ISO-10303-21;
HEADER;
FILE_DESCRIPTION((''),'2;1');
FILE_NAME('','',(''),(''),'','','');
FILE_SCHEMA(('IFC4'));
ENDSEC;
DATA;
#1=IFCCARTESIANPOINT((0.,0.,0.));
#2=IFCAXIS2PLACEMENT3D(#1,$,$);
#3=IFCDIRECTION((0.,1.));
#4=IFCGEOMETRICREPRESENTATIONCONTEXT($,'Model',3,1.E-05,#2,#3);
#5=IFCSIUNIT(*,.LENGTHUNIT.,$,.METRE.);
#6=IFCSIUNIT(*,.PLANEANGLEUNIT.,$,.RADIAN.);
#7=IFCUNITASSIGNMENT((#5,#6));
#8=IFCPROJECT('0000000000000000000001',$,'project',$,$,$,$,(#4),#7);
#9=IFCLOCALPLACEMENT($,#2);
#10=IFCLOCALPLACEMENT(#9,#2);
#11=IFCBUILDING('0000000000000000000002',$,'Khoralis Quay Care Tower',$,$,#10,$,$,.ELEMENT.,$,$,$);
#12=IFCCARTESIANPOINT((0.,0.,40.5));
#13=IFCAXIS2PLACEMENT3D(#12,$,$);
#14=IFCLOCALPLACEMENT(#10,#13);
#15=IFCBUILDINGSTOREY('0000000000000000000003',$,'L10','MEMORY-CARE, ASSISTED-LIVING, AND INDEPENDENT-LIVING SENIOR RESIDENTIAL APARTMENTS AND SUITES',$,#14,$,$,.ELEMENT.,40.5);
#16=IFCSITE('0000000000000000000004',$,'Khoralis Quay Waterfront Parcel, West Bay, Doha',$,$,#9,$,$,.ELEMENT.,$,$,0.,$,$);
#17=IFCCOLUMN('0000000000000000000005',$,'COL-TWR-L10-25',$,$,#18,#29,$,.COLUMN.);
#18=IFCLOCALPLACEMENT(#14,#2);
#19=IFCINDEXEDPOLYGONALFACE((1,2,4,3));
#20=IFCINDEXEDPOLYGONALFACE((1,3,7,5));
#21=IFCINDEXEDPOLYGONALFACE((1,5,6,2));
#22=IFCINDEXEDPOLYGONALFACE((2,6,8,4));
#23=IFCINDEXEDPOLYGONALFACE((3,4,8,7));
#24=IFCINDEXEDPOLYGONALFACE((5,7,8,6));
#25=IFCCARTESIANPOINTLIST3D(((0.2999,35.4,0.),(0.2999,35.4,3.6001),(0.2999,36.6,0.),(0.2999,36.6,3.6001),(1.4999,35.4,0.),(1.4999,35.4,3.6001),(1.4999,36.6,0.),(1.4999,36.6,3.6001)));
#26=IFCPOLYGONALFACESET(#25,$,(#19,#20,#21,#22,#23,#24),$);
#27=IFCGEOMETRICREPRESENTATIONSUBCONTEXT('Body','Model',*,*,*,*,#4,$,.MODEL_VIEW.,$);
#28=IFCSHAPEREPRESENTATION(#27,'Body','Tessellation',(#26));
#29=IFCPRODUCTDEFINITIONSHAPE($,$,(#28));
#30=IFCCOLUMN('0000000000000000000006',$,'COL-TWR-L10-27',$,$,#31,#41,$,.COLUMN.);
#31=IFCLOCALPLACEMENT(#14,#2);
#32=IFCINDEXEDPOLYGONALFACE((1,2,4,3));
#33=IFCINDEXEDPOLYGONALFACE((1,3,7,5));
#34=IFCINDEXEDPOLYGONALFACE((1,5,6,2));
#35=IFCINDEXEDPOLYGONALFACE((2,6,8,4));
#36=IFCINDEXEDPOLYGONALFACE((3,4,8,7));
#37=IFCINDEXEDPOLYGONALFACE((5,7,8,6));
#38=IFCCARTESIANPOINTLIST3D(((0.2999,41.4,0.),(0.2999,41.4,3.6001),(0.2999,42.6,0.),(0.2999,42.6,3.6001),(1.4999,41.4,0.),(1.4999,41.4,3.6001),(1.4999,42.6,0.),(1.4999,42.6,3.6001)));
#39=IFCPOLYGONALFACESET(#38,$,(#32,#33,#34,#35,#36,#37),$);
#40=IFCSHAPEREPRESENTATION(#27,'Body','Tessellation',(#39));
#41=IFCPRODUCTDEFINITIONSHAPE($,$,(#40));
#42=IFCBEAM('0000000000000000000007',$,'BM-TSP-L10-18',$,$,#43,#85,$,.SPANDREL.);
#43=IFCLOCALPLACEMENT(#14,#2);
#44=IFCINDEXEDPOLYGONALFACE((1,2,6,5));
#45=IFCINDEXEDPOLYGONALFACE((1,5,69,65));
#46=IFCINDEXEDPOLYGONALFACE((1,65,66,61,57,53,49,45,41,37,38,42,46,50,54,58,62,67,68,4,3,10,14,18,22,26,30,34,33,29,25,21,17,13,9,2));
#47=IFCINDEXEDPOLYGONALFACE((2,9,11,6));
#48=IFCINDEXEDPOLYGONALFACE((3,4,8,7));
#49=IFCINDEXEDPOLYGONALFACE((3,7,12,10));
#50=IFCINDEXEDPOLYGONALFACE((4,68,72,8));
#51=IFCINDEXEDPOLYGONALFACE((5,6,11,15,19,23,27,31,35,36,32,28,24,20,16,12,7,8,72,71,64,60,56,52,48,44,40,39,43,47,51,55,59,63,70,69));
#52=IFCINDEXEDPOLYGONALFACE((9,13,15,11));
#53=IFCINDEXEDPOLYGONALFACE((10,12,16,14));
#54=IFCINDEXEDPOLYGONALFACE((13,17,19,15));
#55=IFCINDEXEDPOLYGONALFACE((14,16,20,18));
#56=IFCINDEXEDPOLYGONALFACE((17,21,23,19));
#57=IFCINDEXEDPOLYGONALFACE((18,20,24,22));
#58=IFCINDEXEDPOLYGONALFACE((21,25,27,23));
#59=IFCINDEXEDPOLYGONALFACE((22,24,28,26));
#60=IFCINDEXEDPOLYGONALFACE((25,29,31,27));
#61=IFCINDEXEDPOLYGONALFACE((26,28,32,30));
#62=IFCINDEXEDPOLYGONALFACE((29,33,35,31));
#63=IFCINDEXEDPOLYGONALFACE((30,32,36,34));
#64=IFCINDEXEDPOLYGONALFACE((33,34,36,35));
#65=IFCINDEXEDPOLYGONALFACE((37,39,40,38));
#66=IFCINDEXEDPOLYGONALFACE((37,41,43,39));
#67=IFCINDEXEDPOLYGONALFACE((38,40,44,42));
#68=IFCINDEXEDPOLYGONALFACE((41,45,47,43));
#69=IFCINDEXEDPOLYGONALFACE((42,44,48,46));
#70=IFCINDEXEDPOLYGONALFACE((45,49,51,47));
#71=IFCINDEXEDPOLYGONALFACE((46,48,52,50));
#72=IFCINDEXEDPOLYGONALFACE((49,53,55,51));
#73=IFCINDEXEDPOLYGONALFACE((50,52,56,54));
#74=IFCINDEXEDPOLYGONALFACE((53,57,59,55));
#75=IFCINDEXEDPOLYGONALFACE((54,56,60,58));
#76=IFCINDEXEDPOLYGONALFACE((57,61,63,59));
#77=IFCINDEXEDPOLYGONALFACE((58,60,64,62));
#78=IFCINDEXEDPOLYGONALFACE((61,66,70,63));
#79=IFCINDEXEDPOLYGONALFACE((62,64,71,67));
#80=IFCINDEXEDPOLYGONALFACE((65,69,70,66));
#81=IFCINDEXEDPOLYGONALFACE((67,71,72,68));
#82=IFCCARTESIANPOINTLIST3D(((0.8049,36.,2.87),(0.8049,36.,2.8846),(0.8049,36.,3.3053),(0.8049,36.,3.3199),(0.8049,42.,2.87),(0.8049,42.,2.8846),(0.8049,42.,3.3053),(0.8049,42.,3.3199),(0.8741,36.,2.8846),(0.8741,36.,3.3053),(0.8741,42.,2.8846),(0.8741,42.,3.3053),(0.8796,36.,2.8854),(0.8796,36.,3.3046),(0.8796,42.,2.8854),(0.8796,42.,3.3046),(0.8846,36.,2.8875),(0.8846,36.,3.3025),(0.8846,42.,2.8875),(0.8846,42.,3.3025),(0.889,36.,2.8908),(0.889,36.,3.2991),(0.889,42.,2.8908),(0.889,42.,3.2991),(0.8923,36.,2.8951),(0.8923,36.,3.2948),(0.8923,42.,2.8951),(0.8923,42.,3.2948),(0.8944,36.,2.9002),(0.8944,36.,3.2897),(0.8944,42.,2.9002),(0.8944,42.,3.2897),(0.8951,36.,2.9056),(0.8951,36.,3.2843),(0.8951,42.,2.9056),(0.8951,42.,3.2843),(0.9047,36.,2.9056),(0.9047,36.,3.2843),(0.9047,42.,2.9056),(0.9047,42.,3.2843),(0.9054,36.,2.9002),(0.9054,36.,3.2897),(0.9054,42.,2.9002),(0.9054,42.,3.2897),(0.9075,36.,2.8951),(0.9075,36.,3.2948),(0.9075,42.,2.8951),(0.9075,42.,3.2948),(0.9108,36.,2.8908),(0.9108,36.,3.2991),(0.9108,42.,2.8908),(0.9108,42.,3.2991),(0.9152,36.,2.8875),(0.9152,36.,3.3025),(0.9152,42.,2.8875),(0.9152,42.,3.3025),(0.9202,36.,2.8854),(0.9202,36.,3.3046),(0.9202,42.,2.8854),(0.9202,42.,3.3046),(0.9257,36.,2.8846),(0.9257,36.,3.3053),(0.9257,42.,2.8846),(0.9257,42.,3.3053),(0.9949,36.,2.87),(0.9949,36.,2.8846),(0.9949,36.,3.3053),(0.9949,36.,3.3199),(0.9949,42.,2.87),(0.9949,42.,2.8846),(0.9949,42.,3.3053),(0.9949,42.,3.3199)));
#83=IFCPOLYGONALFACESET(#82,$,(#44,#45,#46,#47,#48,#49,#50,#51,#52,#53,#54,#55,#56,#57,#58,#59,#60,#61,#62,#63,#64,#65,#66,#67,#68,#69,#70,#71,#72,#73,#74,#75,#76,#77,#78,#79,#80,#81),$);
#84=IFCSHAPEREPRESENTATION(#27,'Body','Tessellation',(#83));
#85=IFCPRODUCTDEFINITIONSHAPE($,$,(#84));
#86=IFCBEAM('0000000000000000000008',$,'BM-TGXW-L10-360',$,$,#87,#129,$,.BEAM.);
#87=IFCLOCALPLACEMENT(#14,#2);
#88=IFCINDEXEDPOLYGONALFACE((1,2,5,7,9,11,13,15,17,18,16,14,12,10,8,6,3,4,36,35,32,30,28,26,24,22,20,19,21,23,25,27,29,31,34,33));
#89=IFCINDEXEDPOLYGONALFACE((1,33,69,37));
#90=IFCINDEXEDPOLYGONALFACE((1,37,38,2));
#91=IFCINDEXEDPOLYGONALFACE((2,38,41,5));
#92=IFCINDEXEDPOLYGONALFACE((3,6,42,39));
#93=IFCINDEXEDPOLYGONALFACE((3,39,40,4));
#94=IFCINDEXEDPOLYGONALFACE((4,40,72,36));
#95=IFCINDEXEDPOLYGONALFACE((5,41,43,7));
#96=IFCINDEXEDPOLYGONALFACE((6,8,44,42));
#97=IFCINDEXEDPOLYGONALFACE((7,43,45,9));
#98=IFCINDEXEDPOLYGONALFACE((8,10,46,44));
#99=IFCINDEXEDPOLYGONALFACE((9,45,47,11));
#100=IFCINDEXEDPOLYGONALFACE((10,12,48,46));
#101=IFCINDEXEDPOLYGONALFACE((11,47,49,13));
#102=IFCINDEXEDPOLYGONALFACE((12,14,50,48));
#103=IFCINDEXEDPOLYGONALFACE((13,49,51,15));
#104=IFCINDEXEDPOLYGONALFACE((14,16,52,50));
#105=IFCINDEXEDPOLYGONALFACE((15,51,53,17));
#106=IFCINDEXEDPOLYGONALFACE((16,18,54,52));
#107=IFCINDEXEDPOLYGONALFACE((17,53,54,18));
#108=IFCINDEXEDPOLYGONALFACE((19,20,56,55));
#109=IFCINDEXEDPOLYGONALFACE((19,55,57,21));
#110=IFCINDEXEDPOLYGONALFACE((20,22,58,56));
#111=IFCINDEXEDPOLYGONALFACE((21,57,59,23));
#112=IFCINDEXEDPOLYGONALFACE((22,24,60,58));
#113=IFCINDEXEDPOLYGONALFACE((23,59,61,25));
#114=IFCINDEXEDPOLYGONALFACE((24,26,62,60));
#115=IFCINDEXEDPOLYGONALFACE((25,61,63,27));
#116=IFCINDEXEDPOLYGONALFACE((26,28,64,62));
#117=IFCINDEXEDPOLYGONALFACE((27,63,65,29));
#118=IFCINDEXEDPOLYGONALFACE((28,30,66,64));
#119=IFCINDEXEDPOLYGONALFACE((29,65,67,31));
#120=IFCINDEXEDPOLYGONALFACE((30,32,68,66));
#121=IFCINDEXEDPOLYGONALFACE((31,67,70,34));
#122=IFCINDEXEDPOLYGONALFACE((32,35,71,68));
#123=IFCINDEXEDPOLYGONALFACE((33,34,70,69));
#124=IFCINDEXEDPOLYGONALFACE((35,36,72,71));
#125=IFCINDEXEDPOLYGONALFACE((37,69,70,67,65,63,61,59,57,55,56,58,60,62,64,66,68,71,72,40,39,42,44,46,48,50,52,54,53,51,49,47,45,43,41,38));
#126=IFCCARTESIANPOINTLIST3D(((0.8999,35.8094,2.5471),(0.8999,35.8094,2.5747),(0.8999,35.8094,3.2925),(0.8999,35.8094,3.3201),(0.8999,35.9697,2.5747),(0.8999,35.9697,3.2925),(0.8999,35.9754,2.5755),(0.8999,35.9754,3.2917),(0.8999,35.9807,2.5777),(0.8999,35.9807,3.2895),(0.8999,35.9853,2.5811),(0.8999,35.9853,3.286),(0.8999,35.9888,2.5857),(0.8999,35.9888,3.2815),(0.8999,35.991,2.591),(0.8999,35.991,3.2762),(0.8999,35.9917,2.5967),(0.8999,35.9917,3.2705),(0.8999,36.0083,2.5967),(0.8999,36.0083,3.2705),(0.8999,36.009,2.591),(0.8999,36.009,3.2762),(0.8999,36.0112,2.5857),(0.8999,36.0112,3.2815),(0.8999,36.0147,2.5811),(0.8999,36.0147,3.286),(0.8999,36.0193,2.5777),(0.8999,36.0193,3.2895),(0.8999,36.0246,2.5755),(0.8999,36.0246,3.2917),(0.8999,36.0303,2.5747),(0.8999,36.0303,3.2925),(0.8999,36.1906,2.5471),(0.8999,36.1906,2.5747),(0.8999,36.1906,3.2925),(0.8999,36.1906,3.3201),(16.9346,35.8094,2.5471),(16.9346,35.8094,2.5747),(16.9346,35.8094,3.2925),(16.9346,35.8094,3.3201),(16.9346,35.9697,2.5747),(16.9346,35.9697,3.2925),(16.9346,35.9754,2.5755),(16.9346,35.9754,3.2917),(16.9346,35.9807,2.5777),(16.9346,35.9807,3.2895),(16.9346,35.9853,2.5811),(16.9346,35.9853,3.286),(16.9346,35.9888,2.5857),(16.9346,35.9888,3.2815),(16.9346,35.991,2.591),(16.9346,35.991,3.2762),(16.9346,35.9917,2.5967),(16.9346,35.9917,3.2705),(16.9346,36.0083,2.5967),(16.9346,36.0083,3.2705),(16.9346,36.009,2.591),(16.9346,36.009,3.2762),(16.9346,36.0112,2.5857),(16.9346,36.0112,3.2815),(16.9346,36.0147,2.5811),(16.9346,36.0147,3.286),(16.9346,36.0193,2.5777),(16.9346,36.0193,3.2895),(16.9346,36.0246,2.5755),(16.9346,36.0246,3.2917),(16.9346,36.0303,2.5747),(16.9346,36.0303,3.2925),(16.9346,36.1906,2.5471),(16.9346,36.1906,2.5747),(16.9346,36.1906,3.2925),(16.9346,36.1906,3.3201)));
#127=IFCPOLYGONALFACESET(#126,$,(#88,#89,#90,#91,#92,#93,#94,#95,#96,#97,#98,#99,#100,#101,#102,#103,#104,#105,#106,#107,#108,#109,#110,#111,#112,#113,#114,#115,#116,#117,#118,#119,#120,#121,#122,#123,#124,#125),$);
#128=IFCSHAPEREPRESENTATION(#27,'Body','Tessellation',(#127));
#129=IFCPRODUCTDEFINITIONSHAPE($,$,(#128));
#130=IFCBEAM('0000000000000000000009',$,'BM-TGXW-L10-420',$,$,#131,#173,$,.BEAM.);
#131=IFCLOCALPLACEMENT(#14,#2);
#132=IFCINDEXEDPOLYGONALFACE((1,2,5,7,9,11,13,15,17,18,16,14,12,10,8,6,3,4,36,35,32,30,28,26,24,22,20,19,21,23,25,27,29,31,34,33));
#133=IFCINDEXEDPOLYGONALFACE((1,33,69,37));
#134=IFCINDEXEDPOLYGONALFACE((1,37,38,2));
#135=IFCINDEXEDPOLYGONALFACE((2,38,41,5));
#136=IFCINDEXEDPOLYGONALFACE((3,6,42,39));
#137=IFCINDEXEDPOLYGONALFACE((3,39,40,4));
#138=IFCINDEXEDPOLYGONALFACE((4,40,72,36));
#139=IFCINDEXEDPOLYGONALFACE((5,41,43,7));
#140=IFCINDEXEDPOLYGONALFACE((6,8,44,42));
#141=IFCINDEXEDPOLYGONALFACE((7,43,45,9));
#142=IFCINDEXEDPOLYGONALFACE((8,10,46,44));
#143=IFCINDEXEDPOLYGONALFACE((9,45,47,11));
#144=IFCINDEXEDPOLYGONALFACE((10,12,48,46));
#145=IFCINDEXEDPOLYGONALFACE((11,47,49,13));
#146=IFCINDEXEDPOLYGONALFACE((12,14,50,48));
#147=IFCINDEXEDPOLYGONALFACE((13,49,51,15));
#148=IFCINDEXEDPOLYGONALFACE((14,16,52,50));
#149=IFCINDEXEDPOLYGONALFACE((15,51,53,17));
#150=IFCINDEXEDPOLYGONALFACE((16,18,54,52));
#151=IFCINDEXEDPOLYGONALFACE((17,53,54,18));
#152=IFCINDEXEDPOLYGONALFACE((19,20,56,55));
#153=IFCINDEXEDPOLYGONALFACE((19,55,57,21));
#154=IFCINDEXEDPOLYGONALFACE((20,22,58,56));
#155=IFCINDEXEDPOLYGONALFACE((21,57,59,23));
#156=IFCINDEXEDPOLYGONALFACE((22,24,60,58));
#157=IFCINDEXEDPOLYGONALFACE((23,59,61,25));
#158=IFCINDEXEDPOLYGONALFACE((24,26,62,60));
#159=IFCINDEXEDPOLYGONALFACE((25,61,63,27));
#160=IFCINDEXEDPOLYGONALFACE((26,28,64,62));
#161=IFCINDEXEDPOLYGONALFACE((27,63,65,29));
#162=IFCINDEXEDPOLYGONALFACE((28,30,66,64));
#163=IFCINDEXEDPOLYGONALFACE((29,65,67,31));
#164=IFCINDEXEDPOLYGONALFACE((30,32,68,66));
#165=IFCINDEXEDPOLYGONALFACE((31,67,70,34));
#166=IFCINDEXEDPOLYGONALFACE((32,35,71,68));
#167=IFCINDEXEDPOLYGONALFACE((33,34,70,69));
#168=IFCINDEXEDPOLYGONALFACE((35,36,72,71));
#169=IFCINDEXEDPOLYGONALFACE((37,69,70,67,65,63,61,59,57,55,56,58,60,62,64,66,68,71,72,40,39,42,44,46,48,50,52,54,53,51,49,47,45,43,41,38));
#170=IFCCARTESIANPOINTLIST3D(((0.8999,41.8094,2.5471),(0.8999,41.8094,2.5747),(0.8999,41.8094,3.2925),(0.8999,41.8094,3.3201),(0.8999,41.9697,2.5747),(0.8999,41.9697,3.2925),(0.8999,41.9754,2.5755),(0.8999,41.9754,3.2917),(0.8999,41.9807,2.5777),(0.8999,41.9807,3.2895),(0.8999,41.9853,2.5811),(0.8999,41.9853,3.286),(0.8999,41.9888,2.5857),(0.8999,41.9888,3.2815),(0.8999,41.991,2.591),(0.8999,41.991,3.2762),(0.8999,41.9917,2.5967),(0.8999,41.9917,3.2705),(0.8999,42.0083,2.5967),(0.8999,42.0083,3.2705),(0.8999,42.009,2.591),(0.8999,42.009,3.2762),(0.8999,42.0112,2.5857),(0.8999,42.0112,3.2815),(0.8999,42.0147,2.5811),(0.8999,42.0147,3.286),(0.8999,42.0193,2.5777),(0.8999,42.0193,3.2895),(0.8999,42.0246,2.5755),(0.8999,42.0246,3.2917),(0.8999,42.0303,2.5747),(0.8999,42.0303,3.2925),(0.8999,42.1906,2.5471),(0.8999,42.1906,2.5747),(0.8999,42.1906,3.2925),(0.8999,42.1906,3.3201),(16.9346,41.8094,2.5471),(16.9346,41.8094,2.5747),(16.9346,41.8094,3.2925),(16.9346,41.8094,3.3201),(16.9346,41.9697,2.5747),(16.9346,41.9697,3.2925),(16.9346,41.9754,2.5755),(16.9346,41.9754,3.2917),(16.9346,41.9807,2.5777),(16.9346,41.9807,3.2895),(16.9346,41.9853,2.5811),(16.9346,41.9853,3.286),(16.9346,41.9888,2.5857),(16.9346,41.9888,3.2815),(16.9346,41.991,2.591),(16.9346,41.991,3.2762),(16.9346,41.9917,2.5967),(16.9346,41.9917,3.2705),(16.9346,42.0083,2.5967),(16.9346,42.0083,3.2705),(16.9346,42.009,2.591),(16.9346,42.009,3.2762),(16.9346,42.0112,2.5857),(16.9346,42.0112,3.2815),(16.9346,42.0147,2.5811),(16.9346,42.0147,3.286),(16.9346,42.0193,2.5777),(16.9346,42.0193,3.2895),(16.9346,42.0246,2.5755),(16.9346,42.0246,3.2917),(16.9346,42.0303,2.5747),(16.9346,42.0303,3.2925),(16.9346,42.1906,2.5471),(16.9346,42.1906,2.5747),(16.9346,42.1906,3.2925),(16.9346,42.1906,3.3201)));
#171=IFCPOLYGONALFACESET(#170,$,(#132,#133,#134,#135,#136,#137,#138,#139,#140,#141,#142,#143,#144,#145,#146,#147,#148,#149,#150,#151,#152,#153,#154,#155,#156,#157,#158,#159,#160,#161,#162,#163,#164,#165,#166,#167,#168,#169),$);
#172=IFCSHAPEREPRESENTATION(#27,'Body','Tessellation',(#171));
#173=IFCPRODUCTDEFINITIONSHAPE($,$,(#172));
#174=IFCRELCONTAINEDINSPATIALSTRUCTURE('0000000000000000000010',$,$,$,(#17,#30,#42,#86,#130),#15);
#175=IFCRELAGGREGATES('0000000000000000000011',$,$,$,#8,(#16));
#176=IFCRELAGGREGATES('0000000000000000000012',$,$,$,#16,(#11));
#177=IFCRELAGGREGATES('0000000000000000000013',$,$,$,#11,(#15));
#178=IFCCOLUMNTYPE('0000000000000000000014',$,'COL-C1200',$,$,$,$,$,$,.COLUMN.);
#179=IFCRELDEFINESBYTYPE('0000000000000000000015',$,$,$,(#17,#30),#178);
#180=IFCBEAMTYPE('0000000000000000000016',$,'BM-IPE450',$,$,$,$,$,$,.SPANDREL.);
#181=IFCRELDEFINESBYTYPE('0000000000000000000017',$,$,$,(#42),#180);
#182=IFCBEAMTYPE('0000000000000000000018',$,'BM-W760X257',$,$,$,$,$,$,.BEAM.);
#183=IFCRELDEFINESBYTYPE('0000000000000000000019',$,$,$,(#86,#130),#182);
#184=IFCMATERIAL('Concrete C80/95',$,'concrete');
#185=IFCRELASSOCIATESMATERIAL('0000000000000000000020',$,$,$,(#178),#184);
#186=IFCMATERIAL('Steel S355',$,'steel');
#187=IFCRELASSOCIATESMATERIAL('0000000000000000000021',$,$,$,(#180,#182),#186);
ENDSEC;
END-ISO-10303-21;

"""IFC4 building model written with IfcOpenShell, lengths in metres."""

from ifc_helpers import new_model, si_unit, direction, frame, origin, origin_2d, place, context, subcontext, project, spatial, rectangle, i_section, extrude, source, transform, mapped, material, material_profile, profile_set, type_object, element, save


model = new_model("IFC4")

# Units and contexts
model_context = context("Model", 3, precision=1e-05, world=origin(), true_north=direction((0.0, 1.0)))
body_context = subcontext(model_context, "Body", "Model", "MODEL_VIEW")
ifc_project = project(units=[si_unit("LENGTHUNIT", "METRE"), si_unit("PLANEANGLEUNIT", "RADIAN")], contexts=[model_context])

# Site, building, storey
site_placement = place(None, origin())
site = spatial("IfcSite", under=ifc_project, at=site_placement, Name="Khoralis Quay Waterfront Parcel, West Bay, Doha", CompositionType="ELEMENT", RefElevation=0.0)
building_placement = place(site_placement, origin())
building = spatial("IfcBuilding", under=site, at=building_placement, Name="Khoralis Quay Care Tower", CompositionType="ELEMENT")
storey_placement = place(building_placement, frame((0.0, 0.0, 40.5)))
storey = spatial("IfcBuildingStorey", under=building, at=storey_placement, Name="L10", Description="MEMORY-CARE, ASSISTED-LIVING, AND INDEPENDENT-LIVING SENIOR RESIDENTIAL APARTMENTS AND SUITES", CompositionType="ELEMENT", Elevation=40.5)

# Columns
ifc_material_1 = material(Name="Concrete C80/95", Category="concrete")
ifc_material_profile_1 = material_profile(ifc_material_1, rectangle(XDim=1.2, YDim=1.2, at=origin_2d()), Name="Concrete C80/95")
ifc_profile_set_1 = profile_set([ifc_material_profile_1], Name="Concrete C80/95")
column_type = type_object("IfcColumnType", Name="COL-C1200", PredefinedType="COLUMN", material=ifc_profile_set_1)
shared_shape_1 = source(origin(), body_context, "Body", "SweptSolid", [
    extrude(rectangle(XDim=1.2, YDim=1.2, at=origin_2d()), origin(), (0.0, 0.0, 1.0), 3.6001),
])
for number, where, z_axis, x_axis, name in (
    (1, (0.8999, 36.0, 0.0), (0.0, 0.0, 1.0), (1.0, 0.0, 0.0), "COL-TWR-L10-25"),
    (2, (0.8999, 42.0, 0.0), (0.0, 0.0, 1.0), (1.0, 0.0, 0.0), "COL-TWR-L10-27"),
):
    element("IfcColumn", number, at=place(storey_placement, frame(where, z_axis=z_axis, x_axis=x_axis)), inside=storey, type_object=column_type, Name=name, PredefinedType="COLUMN", context=body_context, shape_type="MappedRepresentation", body=[
        mapped(shared_shape_1, transform((0.0, 0.0, 0.0), scale=1.0)),
    ])

# Beams
ifc_material_2 = material(Name="Steel S355", Category="steel")
ifc_material_profile_2 = material_profile(ifc_material_2, i_section(OverallWidth=0.1899, OverallDepth=0.45, WebThickness=0.0095, FlangeThickness=0.0146, FilletRadius=0.021, at=origin_2d()), Name="Steel S355")
ifc_profile_set_2 = profile_set([ifc_material_profile_2], Name="Steel S355")
beam_type_1 = type_object("IfcBeamType", Name="BM-IPE450", PredefinedType="SPANDREL", material=ifc_profile_set_2)
shared_shape_2 = source(origin(), body_context, "Body", "SweptSolid", [
    extrude(i_section(OverallWidth=0.1899, OverallDepth=0.45, WebThickness=0.0095, FlangeThickness=0.0146, FilletRadius=0.021, at=origin_2d()), origin(), (0.0, 0.0, 1.0), 6.0),
])
beam_1_placement = place(storey_placement, frame((0.8999, 36.0, 3.095), z_axis=(0.0, 1.0, 0.0), x_axis=(-1.0, 0.0, 0.0)))
element("IfcBeam", 3, at=beam_1_placement, inside=storey, type_object=beam_type_1, Name="BM-TSP-L10-18", PredefinedType="SPANDREL", context=body_context, shape_type="MappedRepresentation", body=[
    mapped(shared_shape_2, transform((0.0, 0.0, 0.0), scale=1.0)),
])
ifc_material_profile_3 = material_profile(ifc_material_2, i_section(OverallWidth=0.3811, OverallDepth=0.7729, WebThickness=0.0166, FlangeThickness=0.0276, FilletRadius=0.022, at=origin_2d()), Name="Steel S355")
ifc_profile_set_3 = profile_set([ifc_material_profile_3], Name="Steel S355")
beam_type_2 = type_object("IfcBeamType", Name="BM-W760X257", PredefinedType="BEAM", material=ifc_profile_set_3)
shared_shape_3 = source(origin(), body_context, "Body", "SweptSolid", [
    extrude(i_section(OverallWidth=0.3811, OverallDepth=0.7729, WebThickness=0.0166, FlangeThickness=0.0276, FilletRadius=0.022, at=origin_2d()), origin(), (0.0, 0.0, 1.0), 16.0347),
])
for number, where, z_axis, x_axis, name in (
    (4, (0.8999, 36.0, 2.9336), (1.0, 0.0, 0.0), (0.0, 1.0, 0.0), "BM-TGXW-L10-360"),
    (5, (0.8999, 42.0, 2.9336), (1.0, 0.0, 0.0), (0.0, 1.0, 0.0), "BM-TGXW-L10-420"),
):
    element("IfcBeam", number, at=place(storey_placement, frame(where, z_axis=z_axis, x_axis=x_axis)), inside=storey, type_object=beam_type_2, Name=name, PredefinedType="BEAM", context=body_context, shape_type="MappedRepresentation", body=[
        mapped(shared_shape_3, transform((0.0, 0.0, 0.0), scale=1.0)),
    ])

save(model, "model.ifc")
